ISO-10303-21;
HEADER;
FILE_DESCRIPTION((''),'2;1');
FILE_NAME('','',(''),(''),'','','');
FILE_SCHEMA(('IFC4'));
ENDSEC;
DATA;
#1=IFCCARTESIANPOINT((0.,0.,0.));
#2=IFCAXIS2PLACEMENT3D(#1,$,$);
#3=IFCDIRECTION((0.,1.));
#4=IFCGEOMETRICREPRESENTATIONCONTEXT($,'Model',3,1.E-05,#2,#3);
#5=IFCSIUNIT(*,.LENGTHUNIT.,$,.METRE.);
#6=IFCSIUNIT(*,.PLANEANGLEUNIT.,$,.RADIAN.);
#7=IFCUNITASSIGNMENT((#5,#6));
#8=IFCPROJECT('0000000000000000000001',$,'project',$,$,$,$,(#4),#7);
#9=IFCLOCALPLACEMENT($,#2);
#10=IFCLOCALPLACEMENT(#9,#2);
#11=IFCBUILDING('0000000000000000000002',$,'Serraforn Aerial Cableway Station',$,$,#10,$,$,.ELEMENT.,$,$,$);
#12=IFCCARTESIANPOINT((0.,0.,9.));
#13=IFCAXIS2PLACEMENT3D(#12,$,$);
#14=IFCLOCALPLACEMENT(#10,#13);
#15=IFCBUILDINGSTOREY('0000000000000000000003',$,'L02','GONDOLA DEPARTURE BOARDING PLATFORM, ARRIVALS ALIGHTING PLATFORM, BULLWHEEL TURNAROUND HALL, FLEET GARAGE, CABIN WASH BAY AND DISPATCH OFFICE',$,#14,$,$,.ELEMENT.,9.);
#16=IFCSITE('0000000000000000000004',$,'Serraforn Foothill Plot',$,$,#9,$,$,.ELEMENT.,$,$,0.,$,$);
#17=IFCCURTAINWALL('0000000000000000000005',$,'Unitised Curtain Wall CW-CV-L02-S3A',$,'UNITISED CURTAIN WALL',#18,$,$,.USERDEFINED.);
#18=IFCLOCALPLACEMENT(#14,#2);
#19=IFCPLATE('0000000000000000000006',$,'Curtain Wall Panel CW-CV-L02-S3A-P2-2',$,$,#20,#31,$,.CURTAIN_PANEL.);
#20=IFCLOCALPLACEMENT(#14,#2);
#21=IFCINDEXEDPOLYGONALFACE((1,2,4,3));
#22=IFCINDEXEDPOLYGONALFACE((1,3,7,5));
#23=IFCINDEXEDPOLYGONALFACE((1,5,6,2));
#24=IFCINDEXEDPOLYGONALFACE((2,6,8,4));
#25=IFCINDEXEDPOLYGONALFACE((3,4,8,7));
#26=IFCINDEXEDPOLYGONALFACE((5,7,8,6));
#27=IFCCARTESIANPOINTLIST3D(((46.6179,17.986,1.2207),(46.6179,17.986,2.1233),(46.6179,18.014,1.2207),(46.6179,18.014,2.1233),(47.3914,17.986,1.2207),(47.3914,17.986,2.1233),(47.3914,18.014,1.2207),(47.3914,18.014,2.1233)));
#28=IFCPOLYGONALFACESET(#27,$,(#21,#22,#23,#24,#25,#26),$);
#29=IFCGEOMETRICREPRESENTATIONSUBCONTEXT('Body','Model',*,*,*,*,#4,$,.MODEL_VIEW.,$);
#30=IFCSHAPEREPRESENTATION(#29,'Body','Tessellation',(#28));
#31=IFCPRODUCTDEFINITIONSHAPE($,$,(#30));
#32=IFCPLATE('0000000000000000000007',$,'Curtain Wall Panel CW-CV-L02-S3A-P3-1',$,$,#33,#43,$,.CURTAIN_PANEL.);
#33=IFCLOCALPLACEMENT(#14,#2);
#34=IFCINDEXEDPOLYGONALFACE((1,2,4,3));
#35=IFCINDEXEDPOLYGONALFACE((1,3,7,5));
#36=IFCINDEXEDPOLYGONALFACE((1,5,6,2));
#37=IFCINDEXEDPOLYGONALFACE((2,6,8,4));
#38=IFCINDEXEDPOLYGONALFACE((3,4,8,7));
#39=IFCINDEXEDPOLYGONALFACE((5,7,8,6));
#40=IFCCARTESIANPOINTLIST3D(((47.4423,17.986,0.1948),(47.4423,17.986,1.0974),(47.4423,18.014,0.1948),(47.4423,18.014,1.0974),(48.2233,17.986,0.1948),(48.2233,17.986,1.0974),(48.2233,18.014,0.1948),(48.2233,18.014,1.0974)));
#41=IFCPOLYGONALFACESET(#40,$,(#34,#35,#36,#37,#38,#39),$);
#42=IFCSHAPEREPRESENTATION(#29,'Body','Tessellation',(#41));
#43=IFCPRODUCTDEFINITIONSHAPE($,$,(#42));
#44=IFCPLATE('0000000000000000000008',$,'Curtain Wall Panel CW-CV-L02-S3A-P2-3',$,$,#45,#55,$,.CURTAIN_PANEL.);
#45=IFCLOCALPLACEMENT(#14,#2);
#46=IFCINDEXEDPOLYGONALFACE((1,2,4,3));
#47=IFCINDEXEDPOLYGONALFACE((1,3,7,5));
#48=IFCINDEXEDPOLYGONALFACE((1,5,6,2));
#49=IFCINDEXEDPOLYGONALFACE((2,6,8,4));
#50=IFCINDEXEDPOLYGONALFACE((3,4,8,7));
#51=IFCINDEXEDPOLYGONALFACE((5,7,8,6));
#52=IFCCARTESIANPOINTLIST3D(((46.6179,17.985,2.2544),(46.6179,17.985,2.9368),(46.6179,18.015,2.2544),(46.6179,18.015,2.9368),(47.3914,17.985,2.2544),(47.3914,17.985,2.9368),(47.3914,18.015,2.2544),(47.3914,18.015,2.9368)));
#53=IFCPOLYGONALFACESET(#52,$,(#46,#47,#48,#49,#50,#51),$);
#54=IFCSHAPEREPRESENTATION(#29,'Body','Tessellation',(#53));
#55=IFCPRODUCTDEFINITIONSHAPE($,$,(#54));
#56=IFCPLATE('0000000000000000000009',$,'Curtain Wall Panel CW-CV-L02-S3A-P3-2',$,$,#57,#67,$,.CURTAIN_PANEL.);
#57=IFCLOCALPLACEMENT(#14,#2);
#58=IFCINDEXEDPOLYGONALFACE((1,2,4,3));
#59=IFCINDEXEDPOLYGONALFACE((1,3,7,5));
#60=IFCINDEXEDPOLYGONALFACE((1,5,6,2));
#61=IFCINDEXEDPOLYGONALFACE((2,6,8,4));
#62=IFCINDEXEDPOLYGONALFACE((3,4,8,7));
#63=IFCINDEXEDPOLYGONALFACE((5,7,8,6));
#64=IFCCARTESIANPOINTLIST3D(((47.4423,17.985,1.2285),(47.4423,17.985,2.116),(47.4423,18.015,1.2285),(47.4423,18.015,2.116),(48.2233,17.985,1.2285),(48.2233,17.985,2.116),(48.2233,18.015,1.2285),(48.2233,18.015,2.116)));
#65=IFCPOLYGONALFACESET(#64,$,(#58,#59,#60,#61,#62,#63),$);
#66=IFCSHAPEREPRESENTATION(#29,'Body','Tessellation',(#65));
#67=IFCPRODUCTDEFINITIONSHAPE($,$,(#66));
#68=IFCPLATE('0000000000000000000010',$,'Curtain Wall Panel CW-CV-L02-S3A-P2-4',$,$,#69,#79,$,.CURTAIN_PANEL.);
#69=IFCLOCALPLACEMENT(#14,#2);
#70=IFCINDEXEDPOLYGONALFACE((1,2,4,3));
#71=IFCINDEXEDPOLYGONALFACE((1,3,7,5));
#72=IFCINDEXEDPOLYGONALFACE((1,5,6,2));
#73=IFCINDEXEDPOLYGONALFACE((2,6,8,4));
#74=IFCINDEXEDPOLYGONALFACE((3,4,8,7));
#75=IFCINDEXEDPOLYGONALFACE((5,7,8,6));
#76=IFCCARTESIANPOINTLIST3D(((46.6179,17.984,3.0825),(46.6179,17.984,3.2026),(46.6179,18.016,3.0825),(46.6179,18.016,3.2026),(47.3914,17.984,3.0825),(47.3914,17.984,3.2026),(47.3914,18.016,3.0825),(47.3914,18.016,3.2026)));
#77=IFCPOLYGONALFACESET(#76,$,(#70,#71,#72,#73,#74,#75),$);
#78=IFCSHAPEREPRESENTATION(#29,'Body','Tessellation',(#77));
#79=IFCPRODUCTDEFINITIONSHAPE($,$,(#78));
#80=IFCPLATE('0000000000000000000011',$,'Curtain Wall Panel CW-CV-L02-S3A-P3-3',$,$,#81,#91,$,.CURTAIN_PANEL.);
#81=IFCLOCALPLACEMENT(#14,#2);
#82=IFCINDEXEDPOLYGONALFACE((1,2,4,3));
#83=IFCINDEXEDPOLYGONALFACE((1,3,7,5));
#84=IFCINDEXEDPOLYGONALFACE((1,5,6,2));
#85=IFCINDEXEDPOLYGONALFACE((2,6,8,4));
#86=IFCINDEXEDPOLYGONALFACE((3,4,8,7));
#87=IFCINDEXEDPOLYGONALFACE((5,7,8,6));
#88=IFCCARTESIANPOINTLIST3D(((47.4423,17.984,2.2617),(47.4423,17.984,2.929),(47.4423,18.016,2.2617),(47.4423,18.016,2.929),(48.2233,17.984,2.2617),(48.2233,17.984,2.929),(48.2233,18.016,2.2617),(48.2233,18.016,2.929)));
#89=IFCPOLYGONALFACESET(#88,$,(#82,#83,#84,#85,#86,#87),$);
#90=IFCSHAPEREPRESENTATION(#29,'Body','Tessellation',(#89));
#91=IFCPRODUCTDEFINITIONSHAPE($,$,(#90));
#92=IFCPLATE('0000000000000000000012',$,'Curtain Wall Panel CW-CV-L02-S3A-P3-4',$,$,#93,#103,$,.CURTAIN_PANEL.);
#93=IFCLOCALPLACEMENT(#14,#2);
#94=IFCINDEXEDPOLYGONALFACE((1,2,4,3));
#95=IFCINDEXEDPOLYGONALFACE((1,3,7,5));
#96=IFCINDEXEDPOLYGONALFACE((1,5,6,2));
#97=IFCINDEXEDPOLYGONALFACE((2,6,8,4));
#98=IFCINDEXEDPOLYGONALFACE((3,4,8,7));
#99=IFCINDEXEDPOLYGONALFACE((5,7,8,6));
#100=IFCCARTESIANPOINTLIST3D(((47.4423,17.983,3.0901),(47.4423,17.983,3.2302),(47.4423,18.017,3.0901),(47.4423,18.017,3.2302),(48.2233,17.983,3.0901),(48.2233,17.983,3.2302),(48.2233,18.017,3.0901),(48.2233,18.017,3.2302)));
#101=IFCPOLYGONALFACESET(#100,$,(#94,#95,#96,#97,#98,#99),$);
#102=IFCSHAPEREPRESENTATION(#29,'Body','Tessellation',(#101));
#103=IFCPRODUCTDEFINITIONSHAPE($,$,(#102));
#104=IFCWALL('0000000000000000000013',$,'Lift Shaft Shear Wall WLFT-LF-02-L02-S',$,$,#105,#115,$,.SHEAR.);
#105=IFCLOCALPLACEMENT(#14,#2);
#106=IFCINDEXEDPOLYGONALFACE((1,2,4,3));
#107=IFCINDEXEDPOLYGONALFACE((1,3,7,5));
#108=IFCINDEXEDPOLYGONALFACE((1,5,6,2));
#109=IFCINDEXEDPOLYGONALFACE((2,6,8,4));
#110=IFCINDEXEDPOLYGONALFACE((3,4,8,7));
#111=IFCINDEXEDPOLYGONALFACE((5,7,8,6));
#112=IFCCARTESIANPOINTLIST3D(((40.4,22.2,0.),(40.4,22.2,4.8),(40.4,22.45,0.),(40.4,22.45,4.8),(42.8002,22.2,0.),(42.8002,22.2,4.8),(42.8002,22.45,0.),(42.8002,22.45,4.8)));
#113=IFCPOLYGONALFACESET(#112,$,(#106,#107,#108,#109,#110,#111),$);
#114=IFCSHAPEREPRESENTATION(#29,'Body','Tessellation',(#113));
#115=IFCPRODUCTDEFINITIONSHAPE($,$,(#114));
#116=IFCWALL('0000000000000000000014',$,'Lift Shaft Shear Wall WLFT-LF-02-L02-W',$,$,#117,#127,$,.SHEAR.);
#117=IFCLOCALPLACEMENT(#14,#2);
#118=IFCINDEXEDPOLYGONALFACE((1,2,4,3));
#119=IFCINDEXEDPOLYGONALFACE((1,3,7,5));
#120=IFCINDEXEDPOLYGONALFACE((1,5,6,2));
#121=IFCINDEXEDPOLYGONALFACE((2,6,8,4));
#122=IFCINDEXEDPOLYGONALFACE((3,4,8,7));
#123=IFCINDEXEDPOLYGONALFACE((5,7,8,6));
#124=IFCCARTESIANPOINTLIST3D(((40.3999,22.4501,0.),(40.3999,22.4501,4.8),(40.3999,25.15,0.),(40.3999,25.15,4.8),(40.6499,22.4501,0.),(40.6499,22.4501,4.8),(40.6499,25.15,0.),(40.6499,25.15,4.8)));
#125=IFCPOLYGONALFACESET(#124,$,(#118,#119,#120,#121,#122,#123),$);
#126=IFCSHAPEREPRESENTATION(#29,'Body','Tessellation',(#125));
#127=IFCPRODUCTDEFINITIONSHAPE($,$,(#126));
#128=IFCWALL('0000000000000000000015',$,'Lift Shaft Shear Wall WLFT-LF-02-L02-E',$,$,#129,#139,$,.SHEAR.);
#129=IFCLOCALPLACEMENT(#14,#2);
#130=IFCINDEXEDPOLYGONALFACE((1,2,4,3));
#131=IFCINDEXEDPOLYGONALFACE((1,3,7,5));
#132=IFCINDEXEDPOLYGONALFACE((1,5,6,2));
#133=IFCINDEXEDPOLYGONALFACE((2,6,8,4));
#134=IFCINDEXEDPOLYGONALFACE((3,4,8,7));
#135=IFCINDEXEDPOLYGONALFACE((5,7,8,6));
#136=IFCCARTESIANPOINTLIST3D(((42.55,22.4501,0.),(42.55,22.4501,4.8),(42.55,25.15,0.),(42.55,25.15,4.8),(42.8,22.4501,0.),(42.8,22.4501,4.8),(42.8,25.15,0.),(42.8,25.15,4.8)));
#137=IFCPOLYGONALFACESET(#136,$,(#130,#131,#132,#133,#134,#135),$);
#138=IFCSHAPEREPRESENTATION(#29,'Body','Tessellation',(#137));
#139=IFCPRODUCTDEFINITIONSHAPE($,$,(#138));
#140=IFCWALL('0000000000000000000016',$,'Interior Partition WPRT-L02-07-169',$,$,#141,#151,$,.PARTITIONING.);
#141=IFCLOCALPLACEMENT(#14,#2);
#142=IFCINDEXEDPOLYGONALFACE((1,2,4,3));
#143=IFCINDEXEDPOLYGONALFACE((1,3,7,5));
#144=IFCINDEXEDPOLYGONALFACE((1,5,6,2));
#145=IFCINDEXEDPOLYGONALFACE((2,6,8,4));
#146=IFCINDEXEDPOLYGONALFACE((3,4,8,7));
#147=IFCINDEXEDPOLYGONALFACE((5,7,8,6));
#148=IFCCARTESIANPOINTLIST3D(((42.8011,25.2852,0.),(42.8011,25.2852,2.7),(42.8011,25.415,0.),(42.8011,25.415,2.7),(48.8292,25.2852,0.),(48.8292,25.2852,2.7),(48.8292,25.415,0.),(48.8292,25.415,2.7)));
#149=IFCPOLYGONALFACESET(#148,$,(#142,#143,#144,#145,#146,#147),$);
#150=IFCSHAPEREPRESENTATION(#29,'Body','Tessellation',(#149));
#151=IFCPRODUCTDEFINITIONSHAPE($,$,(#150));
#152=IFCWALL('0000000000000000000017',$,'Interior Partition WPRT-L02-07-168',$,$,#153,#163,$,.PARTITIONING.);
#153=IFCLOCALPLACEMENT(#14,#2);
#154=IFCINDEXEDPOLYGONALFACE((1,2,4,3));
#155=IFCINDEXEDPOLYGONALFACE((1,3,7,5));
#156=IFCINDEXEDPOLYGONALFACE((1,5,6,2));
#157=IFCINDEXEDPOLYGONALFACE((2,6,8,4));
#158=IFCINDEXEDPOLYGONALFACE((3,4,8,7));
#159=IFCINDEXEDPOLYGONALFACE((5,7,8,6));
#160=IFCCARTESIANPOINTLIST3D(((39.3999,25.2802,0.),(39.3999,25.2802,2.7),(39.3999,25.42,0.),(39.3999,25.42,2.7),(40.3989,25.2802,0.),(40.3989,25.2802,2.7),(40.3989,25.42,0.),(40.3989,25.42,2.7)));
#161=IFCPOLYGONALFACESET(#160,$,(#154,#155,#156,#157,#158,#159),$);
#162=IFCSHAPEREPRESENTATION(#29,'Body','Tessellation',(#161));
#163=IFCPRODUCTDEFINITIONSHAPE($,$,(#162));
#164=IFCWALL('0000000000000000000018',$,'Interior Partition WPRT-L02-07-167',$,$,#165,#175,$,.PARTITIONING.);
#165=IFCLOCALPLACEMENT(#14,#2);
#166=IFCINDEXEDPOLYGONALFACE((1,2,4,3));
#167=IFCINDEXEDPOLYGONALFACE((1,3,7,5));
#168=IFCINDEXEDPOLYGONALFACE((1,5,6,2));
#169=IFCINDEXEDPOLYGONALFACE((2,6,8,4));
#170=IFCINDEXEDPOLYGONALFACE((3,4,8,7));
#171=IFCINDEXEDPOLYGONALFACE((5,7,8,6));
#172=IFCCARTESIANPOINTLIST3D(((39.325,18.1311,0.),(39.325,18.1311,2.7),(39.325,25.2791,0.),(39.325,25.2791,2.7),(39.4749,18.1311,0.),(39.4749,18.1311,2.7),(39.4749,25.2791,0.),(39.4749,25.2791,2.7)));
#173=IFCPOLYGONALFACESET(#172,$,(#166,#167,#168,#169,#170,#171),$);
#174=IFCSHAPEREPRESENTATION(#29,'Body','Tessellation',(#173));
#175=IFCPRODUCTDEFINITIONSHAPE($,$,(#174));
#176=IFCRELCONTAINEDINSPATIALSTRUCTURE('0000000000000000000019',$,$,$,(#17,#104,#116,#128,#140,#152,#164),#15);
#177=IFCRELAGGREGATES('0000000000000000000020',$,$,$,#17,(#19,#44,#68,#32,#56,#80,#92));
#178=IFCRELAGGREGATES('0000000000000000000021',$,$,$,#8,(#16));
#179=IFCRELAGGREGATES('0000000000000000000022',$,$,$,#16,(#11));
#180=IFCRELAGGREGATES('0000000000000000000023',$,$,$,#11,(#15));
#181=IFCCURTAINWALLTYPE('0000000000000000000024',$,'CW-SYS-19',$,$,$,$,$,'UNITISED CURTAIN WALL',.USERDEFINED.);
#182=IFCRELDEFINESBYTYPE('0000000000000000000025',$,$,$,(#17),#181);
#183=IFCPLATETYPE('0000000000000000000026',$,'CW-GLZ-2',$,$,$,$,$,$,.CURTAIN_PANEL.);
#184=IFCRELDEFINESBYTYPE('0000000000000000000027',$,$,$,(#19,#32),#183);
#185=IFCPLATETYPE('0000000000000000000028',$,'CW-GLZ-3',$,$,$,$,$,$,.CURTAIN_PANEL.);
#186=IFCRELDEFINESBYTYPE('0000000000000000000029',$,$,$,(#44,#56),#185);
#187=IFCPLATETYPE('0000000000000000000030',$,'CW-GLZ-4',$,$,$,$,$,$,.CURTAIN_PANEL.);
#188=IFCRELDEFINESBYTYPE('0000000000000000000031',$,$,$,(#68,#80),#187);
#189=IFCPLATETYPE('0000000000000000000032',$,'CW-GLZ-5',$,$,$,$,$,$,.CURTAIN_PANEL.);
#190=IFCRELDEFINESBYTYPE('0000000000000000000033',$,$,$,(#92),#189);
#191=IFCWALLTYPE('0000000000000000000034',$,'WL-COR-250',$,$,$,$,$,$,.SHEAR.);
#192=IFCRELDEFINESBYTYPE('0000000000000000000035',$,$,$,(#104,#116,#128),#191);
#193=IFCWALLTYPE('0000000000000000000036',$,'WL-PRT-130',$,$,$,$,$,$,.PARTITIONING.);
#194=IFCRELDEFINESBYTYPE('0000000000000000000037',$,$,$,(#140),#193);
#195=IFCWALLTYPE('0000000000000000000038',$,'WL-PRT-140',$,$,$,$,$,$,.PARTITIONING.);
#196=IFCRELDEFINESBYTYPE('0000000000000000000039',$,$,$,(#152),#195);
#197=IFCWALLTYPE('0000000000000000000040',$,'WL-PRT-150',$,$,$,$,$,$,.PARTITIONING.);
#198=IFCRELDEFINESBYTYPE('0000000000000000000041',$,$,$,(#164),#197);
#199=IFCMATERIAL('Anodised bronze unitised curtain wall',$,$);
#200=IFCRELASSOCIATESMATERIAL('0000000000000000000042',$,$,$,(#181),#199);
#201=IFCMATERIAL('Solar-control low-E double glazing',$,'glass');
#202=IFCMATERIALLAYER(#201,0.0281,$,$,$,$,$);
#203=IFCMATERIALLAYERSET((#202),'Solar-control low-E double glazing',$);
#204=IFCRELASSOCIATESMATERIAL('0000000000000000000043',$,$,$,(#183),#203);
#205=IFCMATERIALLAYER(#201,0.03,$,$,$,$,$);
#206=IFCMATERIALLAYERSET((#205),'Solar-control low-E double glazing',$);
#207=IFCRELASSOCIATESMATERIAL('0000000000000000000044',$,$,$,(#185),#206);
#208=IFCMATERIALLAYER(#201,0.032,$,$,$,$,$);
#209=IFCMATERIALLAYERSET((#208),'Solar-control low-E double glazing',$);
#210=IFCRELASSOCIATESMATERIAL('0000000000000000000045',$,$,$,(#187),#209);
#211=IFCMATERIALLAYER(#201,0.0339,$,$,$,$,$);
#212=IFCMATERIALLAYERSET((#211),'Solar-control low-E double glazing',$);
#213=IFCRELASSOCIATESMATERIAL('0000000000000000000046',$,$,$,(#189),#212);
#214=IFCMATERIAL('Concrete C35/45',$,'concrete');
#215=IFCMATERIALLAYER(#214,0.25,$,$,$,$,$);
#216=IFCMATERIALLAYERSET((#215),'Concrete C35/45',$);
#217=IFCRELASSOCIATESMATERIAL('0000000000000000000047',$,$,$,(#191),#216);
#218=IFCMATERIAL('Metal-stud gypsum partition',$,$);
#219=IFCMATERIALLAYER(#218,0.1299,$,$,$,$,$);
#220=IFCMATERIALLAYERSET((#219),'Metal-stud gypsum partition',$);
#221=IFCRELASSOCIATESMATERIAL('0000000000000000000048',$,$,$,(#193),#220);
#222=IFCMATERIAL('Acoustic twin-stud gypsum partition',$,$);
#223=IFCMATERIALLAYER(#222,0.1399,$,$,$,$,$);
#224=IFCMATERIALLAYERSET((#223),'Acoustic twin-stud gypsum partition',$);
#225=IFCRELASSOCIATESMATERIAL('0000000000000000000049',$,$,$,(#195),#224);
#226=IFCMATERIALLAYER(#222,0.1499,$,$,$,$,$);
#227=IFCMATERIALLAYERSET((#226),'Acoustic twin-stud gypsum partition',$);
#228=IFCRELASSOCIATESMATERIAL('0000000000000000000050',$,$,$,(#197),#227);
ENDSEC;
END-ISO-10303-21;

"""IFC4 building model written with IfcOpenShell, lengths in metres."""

from ifc_helpers import new_model, si_unit, direction, frame, frame_2d, origin, origin_2d, place, context, subcontext, project, spatial, rectangle, extrude, material, layer, layer_set, type_object, element, aggregate, save


model = new_model("IFC4")

# Units and contexts
model_context = context("Model", 3, precision=1e-05, world=origin(), true_north=direction((0.0, 1.0)))
body_context = subcontext(model_context, "Body", "Model", "MODEL_VIEW")
ifc_project = project(units=[si_unit("LENGTHUNIT", "METRE"), si_unit("PLANEANGLEUNIT", "RADIAN")], contexts=[model_context])

# Site, building, storey
site_placement = place(None, origin())
site = spatial("IfcSite", under=ifc_project, at=site_placement, Name="Serraforn Foothill Plot", CompositionType="ELEMENT", RefElevation=0.0)
building_placement = place(site_placement, origin())
building = spatial("IfcBuilding", under=site, at=building_placement, Name="Serraforn Aerial Cableway Station", CompositionType="ELEMENT")
storey_placement = place(building_placement, frame((0.0, 0.0, 9.0)))
storey = spatial("IfcBuildingStorey", under=building, at=storey_placement, Name="L02", Description="GONDOLA DEPARTURE BOARDING PLATFORM, ARRIVALS ALIGHTING PLATFORM, BULLWHEEL TURNAROUND HALL, FLEET GARAGE, CABIN WASH BAY AND DISPATCH OFFICE", CompositionType="ELEMENT", Elevation=9.0)

# Shared definitions
ifc_material_1 = material(Name="Concrete C35/45", Category="concrete")

# Curtain wall, plates
ifc_material_2 = material(Name="Anodised bronze unitised curtain wall")
curtain_wall_type = type_object("IfcCurtainWallType", Name="CW-SYS-19", ElementType="UNITISED CURTAIN WALL", PredefinedType="USERDEFINED", material=ifc_material_2)
curtain_wall_placement = place(storey_placement, origin())
curtain_wall = element("IfcCurtainWall", 1, at=curtain_wall_placement, inside=storey, type_object=curtain_wall_type, Name="Unitised Curtain Wall CW-CV-L02-S3A", ObjectType="UNITISED CURTAIN WALL", PredefinedType="USERDEFINED")
ifc_material_3 = material(Name="Solar-control low-E double glazing", Category="glass")
ifc_layer_1 = layer(ifc_material_3, 0.0281)
ifc_layer_set_1 = layer_set([ifc_layer_1], Name="Solar-control low-E double glazing")
plate_type_1 = type_object("IfcPlateType", Name="CW-GLZ-2", PredefinedType="CURTAIN_PANEL", material=ifc_layer_set_1)
plate_1_placement = place(storey_placement, frame((47.0046, 18.0, 1.2207), z_axis=(0.0, 0.0, 1.0), x_axis=(1.0, 0.0, 0.0)))
plate_1 = element("IfcPlate", 2, at=plate_1_placement, type_object=plate_type_1, Name="Curtain Wall Panel CW-CV-L02-S3A-P2-2", PredefinedType="CURTAIN_PANEL", context=body_context, shape_type="SweptSolid", body=[
    extrude(rectangle(XDim=0.7734, YDim=0.0281, at=origin_2d()), origin(), (0.0, 0.0, 1.0), 0.9026),
])
plate_2_placement = place(storey_placement, frame((47.8328, 18.0, 0.1948), z_axis=(0.0, 0.0, 1.0), x_axis=(1.0, 0.0, 0.0)))
plate_2 = element("IfcPlate", 3, at=plate_2_placement, type_object=plate_type_1, Name="Curtain Wall Panel CW-CV-L02-S3A-P3-1", PredefinedType="CURTAIN_PANEL", context=body_context, shape_type="SweptSolid", body=[
    extrude(rectangle(XDim=0.781, YDim=0.0281, at=origin_2d()), origin(), (0.0, 0.0, 1.0), 0.9026),
])
ifc_layer_2 = layer(ifc_material_3, 0.03)
ifc_layer_set_2 = layer_set([ifc_layer_2], Name="Solar-control low-E double glazing")
plate_type_2 = type_object("IfcPlateType", Name="CW-GLZ-3", PredefinedType="CURTAIN_PANEL", material=ifc_layer_set_2)
plate_3_placement = place(storey_placement, frame((47.0046, 18.0, 2.2544), z_axis=(0.0, 0.0, 1.0), x_axis=(1.0, 0.0, 0.0)))
plate_3 = element("IfcPlate", 4, at=plate_3_placement, type_object=plate_type_2, Name="Curtain Wall Panel CW-CV-L02-S3A-P2-3", PredefinedType="CURTAIN_PANEL", context=body_context, shape_type="SweptSolid", body=[
    extrude(rectangle(XDim=0.7734, YDim=0.03, at=origin_2d()), origin(), (0.0, 0.0, 1.0), 0.6824),
])
plate_4_placement = place(storey_placement, frame((47.8328, 18.0, 1.2285), z_axis=(0.0, 0.0, 1.0), x_axis=(1.0, 0.0, 0.0)))
plate_4 = element("IfcPlate", 5, at=plate_4_placement, type_object=plate_type_2, Name="Curtain Wall Panel CW-CV-L02-S3A-P3-2", PredefinedType="CURTAIN_PANEL", context=body_context, shape_type="SweptSolid", body=[
    extrude(rectangle(XDim=0.781, YDim=0.03, at=origin_2d()), origin(), (0.0, 0.0, 1.0), 0.8875),
])
ifc_layer_3 = layer(ifc_material_3, 0.032)
ifc_layer_set_3 = layer_set([ifc_layer_3], Name="Solar-control low-E double glazing")
plate_type_3 = type_object("IfcPlateType", Name="CW-GLZ-4", PredefinedType="CURTAIN_PANEL", material=ifc_layer_set_3)
plate_5_placement = place(storey_placement, frame((47.0046, 18.0, 3.0825), z_axis=(0.0, 0.0, 1.0), x_axis=(1.0, 0.0, 0.0)))
plate_5 = element("IfcPlate", 6, at=plate_5_placement, type_object=plate_type_3, Name="Curtain Wall Panel CW-CV-L02-S3A-P2-4", PredefinedType="CURTAIN_PANEL", context=body_context, shape_type="SweptSolid", body=[
    extrude(rectangle(XDim=0.7734, YDim=0.032, at=origin_2d()), origin(), (0.0, 0.0, 1.0), 0.1201),
])
plate_6_placement = place(storey_placement, frame((47.8328, 18.0, 2.2617), z_axis=(0.0, 0.0, 1.0), x_axis=(1.0, 0.0, 0.0)))
plate_6 = element("IfcPlate", 7, at=plate_6_placement, type_object=plate_type_3, Name="Curtain Wall Panel CW-CV-L02-S3A-P3-3", PredefinedType="CURTAIN_PANEL", context=body_context, shape_type="SweptSolid", body=[
    extrude(rectangle(XDim=0.781, YDim=0.032, at=origin_2d()), origin(), (0.0, 0.0, 1.0), 0.6672),
])
ifc_layer_4 = layer(ifc_material_3, 0.0339)
ifc_layer_set_4 = layer_set([ifc_layer_4], Name="Solar-control low-E double glazing")
plate_type_4 = type_object("IfcPlateType", Name="CW-GLZ-5", PredefinedType="CURTAIN_PANEL", material=ifc_layer_set_4)
plate_7_placement = place(storey_placement, frame((47.8328, 18.0, 3.0901), z_axis=(0.0, 0.0, 1.0), x_axis=(1.0, 0.0, 0.0)))
plate_7 = element("IfcPlate", 8, at=plate_7_placement, type_object=plate_type_4, Name="Curtain Wall Panel CW-CV-L02-S3A-P3-4", PredefinedType="CURTAIN_PANEL", context=body_context, shape_type="SweptSolid", body=[
    extrude(rectangle(XDim=0.781, YDim=0.0339, at=origin_2d()), origin(), (0.0, 0.0, 1.0), 0.1401),
])
aggregate(curtain_wall, [plate_1, plate_3, plate_5, plate_2, plate_4, plate_6, plate_7])

# Wall
ifc_layer_5 = layer(ifc_material_1, 0.25)
ifc_layer_set_5 = layer_set([ifc_layer_5], Name="Concrete C35/45")
wall_type_1 = type_object("IfcWallType", Name="WL-COR-250", PredefinedType="SHEAR", material=ifc_layer_set_5)
wall_1_placement = place(storey_placement, frame((40.3999, 22.325, 0.0), z_axis=(0.0, 0.0, 1.0), x_axis=(1.0, 0.0, 0.0)))
element("IfcWall", 9, at=wall_1_placement, inside=storey, type_object=wall_type_1, Name="Lift Shaft Shear Wall WLFT-LF-02-L02-S", PredefinedType="SHEAR", context=body_context, shape_type="SweptSolid", body=[
    extrude(rectangle(XDim=2.4001, YDim=0.25, at=frame_2d((1.2002, 0.0))), origin(), (0.0, 0.0, 1.0), 4.8),
])

# Walls
for number, where, z_axis, x_axis, name in (
    (10, (40.5249, 22.45, 0.0), (0.0, 0.0, 1.0), (0.0, 1.0, 0.0), "Lift Shaft Shear Wall WLFT-LF-02-L02-W"),
    (11, (42.675, 22.45, 0.0), (0.0, 0.0, 1.0), (0.0, 1.0, 0.0), "Lift Shaft Shear Wall WLFT-LF-02-L02-E"),
):
    element("IfcWall", number, at=place(storey_placement, frame(where, z_axis=z_axis, x_axis=x_axis)), inside=storey, type_object=wall_type_1, Name=name, PredefinedType="SHEAR", context=body_context, shape_type="SweptSolid", body=[
        extrude(rectangle(XDim=2.7, YDim=0.25, at=frame_2d((1.3501, 0.0))), origin(), (0.0, 0.0, 1.0), 4.8),
    ])
ifc_material_4 = material(Name="Metal-stud gypsum partition")
ifc_layer_6 = layer(ifc_material_4, 0.1299)
ifc_layer_set_6 = layer_set([ifc_layer_6], Name="Metal-stud gypsum partition")
wall_type_2 = type_object("IfcWallType", Name="WL-PRT-130", PredefinedType="PARTITIONING", material=ifc_layer_set_6)
wall_2_placement = place(storey_placement, frame((42.801, 25.3501, 0.0), z_axis=(0.0, 0.0, 1.0), x_axis=(1.0, 0.0, 0.0)))
element("IfcWall", 12, at=wall_2_placement, inside=storey, type_object=wall_type_2, Name="Interior Partition WPRT-L02-07-169", PredefinedType="PARTITIONING", context=body_context, shape_type="SweptSolid", body=[
    extrude(rectangle(XDim=6.0281, YDim=0.1299, at=frame_2d((3.0142, 0.0))), origin(), (0.0, 0.0, 1.0), 2.7),
])
ifc_material_5 = material(Name="Acoustic twin-stud gypsum partition")
ifc_layer_7 = layer(ifc_material_5, 0.1399)
ifc_layer_set_7 = layer_set([ifc_layer_7], Name="Acoustic twin-stud gypsum partition")
wall_type_3 = type_object("IfcWallType", Name="WL-PRT-140", PredefinedType="PARTITIONING", material=ifc_layer_set_7)
wall_3_placement = place(storey_placement, frame((39.3999, 25.3501, 0.0), z_axis=(0.0, 0.0, 1.0), x_axis=(1.0, 0.0, 0.0)))
element("IfcWall", 13, at=wall_3_placement, inside=storey, type_object=wall_type_3, Name="Interior Partition WPRT-L02-07-168", PredefinedType="PARTITIONING", context=body_context, shape_type="SweptSolid", body=[
    extrude(rectangle(XDim=0.999, YDim=0.1399, at=frame_2d((0.4995, 0.0))), origin(), (0.0, 0.0, 1.0), 2.7),
])
ifc_layer_8 = layer(ifc_material_5, 0.1499)
ifc_layer_set_8 = layer_set([ifc_layer_8], Name="Acoustic twin-stud gypsum partition")
wall_type_4 = type_object("IfcWallType", Name="WL-PRT-150", PredefinedType="PARTITIONING", material=ifc_layer_set_8)
wall_4_placement = place(storey_placement, frame((39.3999, 18.1311, 0.0), z_axis=(0.0, 0.0, 1.0), x_axis=(0.0, 1.0, 0.0)))
element("IfcWall", 14, at=wall_4_placement, inside=storey, type_object=wall_type_4, Name="Interior Partition WPRT-L02-07-167", PredefinedType="PARTITIONING", context=body_context, shape_type="SweptSolid", body=[
    extrude(rectangle(XDim=7.1479, YDim=0.1499, at=frame_2d((3.574, 0.0))), origin(), (0.0, 0.0, 1.0), 2.7),
])

save(model, "model.ifc")
